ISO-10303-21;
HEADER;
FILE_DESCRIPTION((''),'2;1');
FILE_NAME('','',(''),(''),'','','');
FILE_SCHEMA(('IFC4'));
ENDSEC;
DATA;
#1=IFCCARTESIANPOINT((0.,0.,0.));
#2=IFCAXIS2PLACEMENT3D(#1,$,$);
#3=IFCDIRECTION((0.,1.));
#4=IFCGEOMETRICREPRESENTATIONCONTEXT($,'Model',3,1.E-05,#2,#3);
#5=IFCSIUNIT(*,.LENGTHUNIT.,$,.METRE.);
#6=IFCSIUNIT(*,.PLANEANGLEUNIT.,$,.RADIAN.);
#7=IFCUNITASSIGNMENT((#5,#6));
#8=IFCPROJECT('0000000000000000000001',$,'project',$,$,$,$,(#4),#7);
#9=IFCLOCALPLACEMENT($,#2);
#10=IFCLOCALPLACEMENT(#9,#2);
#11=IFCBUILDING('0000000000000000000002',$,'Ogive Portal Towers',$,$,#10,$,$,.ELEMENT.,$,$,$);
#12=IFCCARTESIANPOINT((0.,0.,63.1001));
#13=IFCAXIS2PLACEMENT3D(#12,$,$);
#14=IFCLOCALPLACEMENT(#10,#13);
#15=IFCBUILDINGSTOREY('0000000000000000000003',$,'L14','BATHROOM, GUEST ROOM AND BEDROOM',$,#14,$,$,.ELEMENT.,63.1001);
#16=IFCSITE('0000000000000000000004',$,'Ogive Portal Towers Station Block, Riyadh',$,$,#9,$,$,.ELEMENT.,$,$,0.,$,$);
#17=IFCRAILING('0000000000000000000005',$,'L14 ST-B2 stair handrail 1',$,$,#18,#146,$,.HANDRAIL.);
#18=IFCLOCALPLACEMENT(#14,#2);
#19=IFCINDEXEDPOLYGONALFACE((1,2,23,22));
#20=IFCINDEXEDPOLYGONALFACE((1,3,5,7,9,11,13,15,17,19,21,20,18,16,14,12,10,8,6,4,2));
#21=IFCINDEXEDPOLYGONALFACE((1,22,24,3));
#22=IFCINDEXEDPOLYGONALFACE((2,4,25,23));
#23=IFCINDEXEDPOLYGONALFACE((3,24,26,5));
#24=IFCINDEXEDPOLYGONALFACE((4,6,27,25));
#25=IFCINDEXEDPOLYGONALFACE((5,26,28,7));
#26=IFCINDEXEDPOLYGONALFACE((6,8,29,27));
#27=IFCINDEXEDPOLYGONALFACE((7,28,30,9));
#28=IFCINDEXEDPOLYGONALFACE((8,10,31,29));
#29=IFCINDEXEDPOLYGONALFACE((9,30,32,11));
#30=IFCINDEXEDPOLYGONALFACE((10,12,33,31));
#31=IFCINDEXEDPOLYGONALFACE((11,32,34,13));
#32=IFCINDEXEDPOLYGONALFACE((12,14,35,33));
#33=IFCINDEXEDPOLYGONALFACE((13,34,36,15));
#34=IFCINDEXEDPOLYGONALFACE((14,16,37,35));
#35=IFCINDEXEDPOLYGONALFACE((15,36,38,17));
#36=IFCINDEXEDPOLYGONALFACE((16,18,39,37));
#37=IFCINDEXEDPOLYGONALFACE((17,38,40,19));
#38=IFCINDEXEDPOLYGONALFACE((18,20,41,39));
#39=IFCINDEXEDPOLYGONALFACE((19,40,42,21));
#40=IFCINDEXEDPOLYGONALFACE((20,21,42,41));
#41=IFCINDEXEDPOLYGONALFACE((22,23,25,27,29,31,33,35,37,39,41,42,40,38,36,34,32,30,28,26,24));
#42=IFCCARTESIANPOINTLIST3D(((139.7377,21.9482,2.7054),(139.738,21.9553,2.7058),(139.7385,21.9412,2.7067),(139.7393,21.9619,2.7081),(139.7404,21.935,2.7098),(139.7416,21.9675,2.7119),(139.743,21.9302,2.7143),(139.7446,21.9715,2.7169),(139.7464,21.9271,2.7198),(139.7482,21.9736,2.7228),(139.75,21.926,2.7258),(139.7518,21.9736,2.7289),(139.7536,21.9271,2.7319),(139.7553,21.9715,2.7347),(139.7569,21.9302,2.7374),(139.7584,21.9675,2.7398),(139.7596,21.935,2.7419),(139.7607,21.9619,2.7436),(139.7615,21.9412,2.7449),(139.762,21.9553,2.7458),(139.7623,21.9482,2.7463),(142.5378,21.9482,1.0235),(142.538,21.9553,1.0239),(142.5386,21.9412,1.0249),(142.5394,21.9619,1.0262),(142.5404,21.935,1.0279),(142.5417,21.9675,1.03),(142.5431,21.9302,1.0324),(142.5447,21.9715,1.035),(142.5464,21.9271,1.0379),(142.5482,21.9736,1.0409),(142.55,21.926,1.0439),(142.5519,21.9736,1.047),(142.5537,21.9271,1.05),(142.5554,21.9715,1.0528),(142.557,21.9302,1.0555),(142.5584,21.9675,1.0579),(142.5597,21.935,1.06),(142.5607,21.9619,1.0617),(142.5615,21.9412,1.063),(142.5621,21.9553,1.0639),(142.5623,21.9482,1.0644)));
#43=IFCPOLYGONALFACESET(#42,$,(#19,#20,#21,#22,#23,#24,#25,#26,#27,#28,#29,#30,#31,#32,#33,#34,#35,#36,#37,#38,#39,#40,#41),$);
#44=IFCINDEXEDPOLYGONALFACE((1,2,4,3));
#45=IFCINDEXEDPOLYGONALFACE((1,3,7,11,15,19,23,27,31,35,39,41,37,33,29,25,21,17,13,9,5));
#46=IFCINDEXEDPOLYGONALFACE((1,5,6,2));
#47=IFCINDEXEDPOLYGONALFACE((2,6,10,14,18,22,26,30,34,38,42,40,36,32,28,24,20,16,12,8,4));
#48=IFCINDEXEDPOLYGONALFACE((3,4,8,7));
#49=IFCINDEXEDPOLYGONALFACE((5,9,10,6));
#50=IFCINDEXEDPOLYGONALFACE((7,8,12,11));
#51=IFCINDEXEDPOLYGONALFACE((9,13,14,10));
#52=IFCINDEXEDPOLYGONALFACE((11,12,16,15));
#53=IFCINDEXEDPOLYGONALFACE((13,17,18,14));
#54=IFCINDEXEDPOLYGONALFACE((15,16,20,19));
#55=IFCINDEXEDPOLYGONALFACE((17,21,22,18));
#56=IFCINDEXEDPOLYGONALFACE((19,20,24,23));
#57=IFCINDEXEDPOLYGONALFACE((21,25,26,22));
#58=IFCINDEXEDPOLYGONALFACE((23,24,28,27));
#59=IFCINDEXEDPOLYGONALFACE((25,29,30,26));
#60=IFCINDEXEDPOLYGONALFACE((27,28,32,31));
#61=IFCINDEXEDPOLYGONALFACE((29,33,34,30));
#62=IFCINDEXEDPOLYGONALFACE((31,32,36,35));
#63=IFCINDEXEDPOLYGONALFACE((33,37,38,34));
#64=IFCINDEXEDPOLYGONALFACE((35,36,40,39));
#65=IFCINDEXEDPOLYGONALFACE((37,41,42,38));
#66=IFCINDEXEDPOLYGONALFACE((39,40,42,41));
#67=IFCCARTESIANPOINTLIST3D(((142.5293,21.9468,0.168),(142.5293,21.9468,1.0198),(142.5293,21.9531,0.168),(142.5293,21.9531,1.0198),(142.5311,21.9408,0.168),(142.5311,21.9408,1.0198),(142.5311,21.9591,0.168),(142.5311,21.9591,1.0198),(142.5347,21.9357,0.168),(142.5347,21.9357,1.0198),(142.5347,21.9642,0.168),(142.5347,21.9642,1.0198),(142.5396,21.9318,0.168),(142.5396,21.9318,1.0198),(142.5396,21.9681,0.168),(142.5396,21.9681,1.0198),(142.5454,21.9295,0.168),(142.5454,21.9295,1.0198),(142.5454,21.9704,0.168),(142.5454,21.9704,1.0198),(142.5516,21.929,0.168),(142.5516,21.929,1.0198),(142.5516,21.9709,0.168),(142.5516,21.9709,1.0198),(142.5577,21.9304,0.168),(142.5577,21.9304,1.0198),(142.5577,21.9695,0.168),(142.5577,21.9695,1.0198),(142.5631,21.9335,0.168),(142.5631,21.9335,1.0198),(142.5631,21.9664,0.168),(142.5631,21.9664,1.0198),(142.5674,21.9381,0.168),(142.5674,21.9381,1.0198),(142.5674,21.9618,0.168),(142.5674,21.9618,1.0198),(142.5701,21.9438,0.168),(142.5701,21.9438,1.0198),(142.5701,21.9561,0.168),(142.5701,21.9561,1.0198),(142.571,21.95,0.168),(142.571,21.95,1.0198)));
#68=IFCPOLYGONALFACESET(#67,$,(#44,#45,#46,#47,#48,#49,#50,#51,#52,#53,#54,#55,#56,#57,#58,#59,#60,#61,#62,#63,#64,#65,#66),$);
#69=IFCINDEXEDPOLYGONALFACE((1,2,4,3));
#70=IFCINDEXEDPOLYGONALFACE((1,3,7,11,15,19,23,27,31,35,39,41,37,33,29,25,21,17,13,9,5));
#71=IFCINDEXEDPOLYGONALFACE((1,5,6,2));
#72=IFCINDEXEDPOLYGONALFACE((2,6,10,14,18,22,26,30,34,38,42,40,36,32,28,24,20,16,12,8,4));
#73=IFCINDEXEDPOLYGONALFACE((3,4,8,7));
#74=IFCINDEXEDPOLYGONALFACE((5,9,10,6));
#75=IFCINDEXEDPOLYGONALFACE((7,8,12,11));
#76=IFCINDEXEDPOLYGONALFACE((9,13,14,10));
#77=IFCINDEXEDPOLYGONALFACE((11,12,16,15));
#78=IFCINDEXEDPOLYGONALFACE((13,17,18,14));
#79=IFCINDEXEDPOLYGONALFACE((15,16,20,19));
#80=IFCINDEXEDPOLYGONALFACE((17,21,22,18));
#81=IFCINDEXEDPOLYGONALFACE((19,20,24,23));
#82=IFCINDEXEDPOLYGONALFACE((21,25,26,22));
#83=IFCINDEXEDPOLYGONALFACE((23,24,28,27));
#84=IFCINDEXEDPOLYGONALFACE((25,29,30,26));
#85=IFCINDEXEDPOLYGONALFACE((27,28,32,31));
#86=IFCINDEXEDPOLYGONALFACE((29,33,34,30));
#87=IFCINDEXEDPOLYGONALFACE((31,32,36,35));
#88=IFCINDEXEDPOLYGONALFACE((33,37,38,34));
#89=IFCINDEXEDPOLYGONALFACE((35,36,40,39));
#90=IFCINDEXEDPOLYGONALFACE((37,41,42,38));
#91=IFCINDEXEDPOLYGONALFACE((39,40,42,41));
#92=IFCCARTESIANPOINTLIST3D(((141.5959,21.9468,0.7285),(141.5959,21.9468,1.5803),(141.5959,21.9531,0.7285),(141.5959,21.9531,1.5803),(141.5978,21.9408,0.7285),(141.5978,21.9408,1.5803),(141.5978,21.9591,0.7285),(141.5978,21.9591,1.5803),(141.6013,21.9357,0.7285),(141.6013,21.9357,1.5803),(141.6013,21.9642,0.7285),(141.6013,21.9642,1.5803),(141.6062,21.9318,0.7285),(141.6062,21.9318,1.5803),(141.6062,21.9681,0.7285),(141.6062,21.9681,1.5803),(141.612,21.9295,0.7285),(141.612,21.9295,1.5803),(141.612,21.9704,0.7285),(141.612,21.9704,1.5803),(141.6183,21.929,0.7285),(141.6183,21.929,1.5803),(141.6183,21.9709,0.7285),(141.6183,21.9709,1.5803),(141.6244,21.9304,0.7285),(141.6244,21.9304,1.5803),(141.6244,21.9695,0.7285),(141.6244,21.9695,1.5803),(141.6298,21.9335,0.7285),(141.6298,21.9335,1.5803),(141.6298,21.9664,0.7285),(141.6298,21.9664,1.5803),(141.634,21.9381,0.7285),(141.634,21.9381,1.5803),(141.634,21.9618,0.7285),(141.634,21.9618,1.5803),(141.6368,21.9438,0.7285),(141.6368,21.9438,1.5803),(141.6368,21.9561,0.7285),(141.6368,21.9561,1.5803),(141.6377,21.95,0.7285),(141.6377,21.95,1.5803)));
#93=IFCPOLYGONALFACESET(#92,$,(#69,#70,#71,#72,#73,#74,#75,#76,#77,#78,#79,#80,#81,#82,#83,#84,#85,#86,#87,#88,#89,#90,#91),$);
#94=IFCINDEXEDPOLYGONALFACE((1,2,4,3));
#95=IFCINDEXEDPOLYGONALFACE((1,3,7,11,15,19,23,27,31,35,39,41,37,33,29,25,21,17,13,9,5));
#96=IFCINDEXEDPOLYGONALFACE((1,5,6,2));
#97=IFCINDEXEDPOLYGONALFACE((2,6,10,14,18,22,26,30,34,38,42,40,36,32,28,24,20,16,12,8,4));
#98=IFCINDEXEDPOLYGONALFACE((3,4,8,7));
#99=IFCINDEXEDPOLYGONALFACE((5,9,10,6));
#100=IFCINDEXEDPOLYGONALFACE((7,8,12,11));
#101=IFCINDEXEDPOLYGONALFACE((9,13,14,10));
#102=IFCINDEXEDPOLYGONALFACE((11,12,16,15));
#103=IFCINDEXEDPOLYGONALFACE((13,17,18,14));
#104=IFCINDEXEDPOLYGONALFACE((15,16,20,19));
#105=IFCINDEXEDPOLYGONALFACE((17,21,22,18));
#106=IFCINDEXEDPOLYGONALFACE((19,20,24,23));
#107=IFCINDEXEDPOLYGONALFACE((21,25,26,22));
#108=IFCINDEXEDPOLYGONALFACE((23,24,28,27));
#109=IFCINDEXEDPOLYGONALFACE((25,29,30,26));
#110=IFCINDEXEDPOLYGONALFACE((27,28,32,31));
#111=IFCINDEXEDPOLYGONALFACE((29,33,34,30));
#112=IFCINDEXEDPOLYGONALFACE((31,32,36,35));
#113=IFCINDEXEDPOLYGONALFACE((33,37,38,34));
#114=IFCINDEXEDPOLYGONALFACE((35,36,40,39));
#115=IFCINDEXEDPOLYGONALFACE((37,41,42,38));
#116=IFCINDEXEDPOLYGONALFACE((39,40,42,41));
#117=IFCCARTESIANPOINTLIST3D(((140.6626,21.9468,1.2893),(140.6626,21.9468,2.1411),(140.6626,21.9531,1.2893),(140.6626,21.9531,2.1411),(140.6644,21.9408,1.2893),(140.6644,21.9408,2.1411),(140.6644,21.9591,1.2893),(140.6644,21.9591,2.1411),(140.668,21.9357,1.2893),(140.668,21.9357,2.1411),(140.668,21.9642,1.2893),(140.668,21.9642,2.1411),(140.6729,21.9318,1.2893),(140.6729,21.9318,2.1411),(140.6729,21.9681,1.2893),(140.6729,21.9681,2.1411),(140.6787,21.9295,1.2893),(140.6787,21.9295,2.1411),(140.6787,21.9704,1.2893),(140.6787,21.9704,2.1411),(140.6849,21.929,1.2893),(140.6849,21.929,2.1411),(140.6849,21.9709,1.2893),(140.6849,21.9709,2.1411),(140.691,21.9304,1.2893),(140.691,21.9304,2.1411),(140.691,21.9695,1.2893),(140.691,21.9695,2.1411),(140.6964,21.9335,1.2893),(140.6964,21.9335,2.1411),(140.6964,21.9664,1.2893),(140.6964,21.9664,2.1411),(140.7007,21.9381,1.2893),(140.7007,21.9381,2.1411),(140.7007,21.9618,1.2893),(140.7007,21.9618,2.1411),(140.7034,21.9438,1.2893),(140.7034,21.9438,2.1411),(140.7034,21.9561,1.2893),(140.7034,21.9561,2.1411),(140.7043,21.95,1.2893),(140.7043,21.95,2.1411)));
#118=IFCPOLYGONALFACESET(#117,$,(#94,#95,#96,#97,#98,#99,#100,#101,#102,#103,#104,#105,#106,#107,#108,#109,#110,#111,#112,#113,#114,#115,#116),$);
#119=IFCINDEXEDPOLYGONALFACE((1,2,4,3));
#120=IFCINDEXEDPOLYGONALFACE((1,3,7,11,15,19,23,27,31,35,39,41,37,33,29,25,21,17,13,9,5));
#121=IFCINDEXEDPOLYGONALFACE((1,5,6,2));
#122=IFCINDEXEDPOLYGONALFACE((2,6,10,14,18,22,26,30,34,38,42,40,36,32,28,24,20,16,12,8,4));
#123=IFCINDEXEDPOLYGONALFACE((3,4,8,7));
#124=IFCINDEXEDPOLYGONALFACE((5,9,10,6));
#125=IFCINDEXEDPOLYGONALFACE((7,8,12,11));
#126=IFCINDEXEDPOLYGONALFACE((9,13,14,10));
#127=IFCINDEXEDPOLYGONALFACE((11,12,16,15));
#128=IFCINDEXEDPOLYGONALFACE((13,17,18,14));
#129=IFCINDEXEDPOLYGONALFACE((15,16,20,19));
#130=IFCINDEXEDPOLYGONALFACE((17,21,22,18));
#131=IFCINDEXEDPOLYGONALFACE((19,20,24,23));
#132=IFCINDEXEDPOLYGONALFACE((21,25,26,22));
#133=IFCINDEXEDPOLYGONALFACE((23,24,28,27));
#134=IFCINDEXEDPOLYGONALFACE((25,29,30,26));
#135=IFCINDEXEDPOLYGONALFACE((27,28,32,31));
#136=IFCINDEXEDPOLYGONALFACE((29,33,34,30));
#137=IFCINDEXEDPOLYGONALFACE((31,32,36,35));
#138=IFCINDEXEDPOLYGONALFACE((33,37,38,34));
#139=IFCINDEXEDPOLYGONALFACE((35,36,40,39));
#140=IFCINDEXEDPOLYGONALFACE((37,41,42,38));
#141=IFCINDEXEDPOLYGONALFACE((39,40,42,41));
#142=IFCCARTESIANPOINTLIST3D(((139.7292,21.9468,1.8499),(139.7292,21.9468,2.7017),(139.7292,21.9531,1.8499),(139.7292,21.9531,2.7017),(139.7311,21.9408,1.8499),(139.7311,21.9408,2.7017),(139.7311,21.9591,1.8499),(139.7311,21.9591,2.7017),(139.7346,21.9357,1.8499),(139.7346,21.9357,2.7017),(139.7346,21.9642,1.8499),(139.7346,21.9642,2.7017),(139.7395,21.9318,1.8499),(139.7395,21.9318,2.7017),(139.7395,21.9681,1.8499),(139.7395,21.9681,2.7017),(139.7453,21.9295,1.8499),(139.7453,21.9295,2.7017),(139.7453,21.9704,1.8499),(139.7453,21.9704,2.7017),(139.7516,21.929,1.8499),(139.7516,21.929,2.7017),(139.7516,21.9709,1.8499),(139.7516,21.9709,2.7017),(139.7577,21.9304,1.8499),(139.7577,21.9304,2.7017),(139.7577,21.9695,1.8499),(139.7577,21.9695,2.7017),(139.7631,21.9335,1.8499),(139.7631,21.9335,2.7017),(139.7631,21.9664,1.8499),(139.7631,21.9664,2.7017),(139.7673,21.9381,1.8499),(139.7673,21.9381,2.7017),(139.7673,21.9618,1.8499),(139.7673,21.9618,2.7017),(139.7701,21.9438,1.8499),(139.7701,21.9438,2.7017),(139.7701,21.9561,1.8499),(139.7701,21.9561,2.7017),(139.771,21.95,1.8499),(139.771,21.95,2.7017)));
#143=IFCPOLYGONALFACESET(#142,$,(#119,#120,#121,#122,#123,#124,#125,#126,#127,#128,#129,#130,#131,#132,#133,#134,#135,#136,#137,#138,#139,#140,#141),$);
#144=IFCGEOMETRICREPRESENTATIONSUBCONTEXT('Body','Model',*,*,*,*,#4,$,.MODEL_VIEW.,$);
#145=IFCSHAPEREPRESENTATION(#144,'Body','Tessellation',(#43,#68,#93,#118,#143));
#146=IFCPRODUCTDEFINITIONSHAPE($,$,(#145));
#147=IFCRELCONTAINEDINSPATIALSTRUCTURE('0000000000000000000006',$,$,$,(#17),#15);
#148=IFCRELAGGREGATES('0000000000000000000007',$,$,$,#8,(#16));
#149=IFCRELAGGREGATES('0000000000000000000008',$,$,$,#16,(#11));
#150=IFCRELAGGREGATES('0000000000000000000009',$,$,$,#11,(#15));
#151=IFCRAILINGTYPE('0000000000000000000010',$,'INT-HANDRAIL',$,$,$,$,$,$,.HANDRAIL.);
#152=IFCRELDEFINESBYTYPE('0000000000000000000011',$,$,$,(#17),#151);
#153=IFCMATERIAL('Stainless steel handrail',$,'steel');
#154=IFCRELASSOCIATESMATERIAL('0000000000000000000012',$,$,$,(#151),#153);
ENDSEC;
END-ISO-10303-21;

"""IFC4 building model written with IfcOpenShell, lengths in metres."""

from ifc_helpers import new_model, si_unit, direction, frame, origin, origin_2d, place, context, subcontext, project, spatial, circle, extrude, material, type_object, element, save


model = new_model("IFC4")

# Units and contexts
model_context = context("Model", 3, precision=1e-05, world=origin(), true_north=direction((0.0, 1.0)))
body_context = subcontext(model_context, "Body", "Model", "MODEL_VIEW")
ifc_project = project(units=[si_unit("LENGTHUNIT", "METRE"), si_unit("PLANEANGLEUNIT", "RADIAN")], contexts=[model_context])

# Site, building, storey
site_placement = place(None, origin())
site = spatial("IfcSite", under=ifc_project, at=site_placement, Name="Ogive Portal Towers Station Block, Riyadh", CompositionType="ELEMENT", RefElevation=0.0)
building_placement = place(site_placement, origin())
building = spatial("IfcBuilding", under=site, at=building_placement, Name="Ogive Portal Towers", CompositionType="ELEMENT")
storey_placement = place(building_placement, frame((0.0, 0.0, 63.1001)))
storey = spatial("IfcBuildingStorey", under=building, at=storey_placement, Name="L14", Description="BATHROOM, GUEST ROOM AND BEDROOM", CompositionType="ELEMENT", Elevation=63.1001)

# Railing
ifc_material_1 = material(Name="Stainless steel handrail", Category="steel")
railing_type_1 = type_object("IfcRailingType", Name="INT-HANDRAIL", PredefinedType="HANDRAIL", material=ifc_material_1)
railing_1_placement = place(storey_placement, frame((142.55, 21.95, 0.168)))
element("IfcRailing", 1, at=railing_1_placement, inside=storey, type_object=railing_type_1, Name="L14 ST-B2 stair handrail 1", PredefinedType="HANDRAIL", context=body_context, shape_type="SweptSolid", body=[
    extrude(circle(Radius=0.0239, at=origin_2d()), frame((0.0, 0.0, 0.876), z_axis=(-0.857242, 0.0, 0.514913), x_axis=(0.0, -1.0, 0.0)), (0.0, 0.0, 1.0), 3.2664),
    extrude(circle(Radius=0.021, at=origin_2d()), origin(), (0.0, 0.0, 1.0), 0.8518),
    extrude(circle(Radius=0.021, at=origin_2d()), frame((-0.9333, 0.0, 0.5605)), (0.0, 0.0, 1.0), 0.8518),
    extrude(circle(Radius=0.021, at=origin_2d()), frame((-1.8667, 0.0, 1.1213)), (0.0, 0.0, 1.0), 0.8518),
    extrude(circle(Radius=0.021, at=origin_2d()), frame((-2.8, 0.0, 1.6819)), (0.0, 0.0, 1.0), 0.8518),
])

save(model, "model.ifc")
